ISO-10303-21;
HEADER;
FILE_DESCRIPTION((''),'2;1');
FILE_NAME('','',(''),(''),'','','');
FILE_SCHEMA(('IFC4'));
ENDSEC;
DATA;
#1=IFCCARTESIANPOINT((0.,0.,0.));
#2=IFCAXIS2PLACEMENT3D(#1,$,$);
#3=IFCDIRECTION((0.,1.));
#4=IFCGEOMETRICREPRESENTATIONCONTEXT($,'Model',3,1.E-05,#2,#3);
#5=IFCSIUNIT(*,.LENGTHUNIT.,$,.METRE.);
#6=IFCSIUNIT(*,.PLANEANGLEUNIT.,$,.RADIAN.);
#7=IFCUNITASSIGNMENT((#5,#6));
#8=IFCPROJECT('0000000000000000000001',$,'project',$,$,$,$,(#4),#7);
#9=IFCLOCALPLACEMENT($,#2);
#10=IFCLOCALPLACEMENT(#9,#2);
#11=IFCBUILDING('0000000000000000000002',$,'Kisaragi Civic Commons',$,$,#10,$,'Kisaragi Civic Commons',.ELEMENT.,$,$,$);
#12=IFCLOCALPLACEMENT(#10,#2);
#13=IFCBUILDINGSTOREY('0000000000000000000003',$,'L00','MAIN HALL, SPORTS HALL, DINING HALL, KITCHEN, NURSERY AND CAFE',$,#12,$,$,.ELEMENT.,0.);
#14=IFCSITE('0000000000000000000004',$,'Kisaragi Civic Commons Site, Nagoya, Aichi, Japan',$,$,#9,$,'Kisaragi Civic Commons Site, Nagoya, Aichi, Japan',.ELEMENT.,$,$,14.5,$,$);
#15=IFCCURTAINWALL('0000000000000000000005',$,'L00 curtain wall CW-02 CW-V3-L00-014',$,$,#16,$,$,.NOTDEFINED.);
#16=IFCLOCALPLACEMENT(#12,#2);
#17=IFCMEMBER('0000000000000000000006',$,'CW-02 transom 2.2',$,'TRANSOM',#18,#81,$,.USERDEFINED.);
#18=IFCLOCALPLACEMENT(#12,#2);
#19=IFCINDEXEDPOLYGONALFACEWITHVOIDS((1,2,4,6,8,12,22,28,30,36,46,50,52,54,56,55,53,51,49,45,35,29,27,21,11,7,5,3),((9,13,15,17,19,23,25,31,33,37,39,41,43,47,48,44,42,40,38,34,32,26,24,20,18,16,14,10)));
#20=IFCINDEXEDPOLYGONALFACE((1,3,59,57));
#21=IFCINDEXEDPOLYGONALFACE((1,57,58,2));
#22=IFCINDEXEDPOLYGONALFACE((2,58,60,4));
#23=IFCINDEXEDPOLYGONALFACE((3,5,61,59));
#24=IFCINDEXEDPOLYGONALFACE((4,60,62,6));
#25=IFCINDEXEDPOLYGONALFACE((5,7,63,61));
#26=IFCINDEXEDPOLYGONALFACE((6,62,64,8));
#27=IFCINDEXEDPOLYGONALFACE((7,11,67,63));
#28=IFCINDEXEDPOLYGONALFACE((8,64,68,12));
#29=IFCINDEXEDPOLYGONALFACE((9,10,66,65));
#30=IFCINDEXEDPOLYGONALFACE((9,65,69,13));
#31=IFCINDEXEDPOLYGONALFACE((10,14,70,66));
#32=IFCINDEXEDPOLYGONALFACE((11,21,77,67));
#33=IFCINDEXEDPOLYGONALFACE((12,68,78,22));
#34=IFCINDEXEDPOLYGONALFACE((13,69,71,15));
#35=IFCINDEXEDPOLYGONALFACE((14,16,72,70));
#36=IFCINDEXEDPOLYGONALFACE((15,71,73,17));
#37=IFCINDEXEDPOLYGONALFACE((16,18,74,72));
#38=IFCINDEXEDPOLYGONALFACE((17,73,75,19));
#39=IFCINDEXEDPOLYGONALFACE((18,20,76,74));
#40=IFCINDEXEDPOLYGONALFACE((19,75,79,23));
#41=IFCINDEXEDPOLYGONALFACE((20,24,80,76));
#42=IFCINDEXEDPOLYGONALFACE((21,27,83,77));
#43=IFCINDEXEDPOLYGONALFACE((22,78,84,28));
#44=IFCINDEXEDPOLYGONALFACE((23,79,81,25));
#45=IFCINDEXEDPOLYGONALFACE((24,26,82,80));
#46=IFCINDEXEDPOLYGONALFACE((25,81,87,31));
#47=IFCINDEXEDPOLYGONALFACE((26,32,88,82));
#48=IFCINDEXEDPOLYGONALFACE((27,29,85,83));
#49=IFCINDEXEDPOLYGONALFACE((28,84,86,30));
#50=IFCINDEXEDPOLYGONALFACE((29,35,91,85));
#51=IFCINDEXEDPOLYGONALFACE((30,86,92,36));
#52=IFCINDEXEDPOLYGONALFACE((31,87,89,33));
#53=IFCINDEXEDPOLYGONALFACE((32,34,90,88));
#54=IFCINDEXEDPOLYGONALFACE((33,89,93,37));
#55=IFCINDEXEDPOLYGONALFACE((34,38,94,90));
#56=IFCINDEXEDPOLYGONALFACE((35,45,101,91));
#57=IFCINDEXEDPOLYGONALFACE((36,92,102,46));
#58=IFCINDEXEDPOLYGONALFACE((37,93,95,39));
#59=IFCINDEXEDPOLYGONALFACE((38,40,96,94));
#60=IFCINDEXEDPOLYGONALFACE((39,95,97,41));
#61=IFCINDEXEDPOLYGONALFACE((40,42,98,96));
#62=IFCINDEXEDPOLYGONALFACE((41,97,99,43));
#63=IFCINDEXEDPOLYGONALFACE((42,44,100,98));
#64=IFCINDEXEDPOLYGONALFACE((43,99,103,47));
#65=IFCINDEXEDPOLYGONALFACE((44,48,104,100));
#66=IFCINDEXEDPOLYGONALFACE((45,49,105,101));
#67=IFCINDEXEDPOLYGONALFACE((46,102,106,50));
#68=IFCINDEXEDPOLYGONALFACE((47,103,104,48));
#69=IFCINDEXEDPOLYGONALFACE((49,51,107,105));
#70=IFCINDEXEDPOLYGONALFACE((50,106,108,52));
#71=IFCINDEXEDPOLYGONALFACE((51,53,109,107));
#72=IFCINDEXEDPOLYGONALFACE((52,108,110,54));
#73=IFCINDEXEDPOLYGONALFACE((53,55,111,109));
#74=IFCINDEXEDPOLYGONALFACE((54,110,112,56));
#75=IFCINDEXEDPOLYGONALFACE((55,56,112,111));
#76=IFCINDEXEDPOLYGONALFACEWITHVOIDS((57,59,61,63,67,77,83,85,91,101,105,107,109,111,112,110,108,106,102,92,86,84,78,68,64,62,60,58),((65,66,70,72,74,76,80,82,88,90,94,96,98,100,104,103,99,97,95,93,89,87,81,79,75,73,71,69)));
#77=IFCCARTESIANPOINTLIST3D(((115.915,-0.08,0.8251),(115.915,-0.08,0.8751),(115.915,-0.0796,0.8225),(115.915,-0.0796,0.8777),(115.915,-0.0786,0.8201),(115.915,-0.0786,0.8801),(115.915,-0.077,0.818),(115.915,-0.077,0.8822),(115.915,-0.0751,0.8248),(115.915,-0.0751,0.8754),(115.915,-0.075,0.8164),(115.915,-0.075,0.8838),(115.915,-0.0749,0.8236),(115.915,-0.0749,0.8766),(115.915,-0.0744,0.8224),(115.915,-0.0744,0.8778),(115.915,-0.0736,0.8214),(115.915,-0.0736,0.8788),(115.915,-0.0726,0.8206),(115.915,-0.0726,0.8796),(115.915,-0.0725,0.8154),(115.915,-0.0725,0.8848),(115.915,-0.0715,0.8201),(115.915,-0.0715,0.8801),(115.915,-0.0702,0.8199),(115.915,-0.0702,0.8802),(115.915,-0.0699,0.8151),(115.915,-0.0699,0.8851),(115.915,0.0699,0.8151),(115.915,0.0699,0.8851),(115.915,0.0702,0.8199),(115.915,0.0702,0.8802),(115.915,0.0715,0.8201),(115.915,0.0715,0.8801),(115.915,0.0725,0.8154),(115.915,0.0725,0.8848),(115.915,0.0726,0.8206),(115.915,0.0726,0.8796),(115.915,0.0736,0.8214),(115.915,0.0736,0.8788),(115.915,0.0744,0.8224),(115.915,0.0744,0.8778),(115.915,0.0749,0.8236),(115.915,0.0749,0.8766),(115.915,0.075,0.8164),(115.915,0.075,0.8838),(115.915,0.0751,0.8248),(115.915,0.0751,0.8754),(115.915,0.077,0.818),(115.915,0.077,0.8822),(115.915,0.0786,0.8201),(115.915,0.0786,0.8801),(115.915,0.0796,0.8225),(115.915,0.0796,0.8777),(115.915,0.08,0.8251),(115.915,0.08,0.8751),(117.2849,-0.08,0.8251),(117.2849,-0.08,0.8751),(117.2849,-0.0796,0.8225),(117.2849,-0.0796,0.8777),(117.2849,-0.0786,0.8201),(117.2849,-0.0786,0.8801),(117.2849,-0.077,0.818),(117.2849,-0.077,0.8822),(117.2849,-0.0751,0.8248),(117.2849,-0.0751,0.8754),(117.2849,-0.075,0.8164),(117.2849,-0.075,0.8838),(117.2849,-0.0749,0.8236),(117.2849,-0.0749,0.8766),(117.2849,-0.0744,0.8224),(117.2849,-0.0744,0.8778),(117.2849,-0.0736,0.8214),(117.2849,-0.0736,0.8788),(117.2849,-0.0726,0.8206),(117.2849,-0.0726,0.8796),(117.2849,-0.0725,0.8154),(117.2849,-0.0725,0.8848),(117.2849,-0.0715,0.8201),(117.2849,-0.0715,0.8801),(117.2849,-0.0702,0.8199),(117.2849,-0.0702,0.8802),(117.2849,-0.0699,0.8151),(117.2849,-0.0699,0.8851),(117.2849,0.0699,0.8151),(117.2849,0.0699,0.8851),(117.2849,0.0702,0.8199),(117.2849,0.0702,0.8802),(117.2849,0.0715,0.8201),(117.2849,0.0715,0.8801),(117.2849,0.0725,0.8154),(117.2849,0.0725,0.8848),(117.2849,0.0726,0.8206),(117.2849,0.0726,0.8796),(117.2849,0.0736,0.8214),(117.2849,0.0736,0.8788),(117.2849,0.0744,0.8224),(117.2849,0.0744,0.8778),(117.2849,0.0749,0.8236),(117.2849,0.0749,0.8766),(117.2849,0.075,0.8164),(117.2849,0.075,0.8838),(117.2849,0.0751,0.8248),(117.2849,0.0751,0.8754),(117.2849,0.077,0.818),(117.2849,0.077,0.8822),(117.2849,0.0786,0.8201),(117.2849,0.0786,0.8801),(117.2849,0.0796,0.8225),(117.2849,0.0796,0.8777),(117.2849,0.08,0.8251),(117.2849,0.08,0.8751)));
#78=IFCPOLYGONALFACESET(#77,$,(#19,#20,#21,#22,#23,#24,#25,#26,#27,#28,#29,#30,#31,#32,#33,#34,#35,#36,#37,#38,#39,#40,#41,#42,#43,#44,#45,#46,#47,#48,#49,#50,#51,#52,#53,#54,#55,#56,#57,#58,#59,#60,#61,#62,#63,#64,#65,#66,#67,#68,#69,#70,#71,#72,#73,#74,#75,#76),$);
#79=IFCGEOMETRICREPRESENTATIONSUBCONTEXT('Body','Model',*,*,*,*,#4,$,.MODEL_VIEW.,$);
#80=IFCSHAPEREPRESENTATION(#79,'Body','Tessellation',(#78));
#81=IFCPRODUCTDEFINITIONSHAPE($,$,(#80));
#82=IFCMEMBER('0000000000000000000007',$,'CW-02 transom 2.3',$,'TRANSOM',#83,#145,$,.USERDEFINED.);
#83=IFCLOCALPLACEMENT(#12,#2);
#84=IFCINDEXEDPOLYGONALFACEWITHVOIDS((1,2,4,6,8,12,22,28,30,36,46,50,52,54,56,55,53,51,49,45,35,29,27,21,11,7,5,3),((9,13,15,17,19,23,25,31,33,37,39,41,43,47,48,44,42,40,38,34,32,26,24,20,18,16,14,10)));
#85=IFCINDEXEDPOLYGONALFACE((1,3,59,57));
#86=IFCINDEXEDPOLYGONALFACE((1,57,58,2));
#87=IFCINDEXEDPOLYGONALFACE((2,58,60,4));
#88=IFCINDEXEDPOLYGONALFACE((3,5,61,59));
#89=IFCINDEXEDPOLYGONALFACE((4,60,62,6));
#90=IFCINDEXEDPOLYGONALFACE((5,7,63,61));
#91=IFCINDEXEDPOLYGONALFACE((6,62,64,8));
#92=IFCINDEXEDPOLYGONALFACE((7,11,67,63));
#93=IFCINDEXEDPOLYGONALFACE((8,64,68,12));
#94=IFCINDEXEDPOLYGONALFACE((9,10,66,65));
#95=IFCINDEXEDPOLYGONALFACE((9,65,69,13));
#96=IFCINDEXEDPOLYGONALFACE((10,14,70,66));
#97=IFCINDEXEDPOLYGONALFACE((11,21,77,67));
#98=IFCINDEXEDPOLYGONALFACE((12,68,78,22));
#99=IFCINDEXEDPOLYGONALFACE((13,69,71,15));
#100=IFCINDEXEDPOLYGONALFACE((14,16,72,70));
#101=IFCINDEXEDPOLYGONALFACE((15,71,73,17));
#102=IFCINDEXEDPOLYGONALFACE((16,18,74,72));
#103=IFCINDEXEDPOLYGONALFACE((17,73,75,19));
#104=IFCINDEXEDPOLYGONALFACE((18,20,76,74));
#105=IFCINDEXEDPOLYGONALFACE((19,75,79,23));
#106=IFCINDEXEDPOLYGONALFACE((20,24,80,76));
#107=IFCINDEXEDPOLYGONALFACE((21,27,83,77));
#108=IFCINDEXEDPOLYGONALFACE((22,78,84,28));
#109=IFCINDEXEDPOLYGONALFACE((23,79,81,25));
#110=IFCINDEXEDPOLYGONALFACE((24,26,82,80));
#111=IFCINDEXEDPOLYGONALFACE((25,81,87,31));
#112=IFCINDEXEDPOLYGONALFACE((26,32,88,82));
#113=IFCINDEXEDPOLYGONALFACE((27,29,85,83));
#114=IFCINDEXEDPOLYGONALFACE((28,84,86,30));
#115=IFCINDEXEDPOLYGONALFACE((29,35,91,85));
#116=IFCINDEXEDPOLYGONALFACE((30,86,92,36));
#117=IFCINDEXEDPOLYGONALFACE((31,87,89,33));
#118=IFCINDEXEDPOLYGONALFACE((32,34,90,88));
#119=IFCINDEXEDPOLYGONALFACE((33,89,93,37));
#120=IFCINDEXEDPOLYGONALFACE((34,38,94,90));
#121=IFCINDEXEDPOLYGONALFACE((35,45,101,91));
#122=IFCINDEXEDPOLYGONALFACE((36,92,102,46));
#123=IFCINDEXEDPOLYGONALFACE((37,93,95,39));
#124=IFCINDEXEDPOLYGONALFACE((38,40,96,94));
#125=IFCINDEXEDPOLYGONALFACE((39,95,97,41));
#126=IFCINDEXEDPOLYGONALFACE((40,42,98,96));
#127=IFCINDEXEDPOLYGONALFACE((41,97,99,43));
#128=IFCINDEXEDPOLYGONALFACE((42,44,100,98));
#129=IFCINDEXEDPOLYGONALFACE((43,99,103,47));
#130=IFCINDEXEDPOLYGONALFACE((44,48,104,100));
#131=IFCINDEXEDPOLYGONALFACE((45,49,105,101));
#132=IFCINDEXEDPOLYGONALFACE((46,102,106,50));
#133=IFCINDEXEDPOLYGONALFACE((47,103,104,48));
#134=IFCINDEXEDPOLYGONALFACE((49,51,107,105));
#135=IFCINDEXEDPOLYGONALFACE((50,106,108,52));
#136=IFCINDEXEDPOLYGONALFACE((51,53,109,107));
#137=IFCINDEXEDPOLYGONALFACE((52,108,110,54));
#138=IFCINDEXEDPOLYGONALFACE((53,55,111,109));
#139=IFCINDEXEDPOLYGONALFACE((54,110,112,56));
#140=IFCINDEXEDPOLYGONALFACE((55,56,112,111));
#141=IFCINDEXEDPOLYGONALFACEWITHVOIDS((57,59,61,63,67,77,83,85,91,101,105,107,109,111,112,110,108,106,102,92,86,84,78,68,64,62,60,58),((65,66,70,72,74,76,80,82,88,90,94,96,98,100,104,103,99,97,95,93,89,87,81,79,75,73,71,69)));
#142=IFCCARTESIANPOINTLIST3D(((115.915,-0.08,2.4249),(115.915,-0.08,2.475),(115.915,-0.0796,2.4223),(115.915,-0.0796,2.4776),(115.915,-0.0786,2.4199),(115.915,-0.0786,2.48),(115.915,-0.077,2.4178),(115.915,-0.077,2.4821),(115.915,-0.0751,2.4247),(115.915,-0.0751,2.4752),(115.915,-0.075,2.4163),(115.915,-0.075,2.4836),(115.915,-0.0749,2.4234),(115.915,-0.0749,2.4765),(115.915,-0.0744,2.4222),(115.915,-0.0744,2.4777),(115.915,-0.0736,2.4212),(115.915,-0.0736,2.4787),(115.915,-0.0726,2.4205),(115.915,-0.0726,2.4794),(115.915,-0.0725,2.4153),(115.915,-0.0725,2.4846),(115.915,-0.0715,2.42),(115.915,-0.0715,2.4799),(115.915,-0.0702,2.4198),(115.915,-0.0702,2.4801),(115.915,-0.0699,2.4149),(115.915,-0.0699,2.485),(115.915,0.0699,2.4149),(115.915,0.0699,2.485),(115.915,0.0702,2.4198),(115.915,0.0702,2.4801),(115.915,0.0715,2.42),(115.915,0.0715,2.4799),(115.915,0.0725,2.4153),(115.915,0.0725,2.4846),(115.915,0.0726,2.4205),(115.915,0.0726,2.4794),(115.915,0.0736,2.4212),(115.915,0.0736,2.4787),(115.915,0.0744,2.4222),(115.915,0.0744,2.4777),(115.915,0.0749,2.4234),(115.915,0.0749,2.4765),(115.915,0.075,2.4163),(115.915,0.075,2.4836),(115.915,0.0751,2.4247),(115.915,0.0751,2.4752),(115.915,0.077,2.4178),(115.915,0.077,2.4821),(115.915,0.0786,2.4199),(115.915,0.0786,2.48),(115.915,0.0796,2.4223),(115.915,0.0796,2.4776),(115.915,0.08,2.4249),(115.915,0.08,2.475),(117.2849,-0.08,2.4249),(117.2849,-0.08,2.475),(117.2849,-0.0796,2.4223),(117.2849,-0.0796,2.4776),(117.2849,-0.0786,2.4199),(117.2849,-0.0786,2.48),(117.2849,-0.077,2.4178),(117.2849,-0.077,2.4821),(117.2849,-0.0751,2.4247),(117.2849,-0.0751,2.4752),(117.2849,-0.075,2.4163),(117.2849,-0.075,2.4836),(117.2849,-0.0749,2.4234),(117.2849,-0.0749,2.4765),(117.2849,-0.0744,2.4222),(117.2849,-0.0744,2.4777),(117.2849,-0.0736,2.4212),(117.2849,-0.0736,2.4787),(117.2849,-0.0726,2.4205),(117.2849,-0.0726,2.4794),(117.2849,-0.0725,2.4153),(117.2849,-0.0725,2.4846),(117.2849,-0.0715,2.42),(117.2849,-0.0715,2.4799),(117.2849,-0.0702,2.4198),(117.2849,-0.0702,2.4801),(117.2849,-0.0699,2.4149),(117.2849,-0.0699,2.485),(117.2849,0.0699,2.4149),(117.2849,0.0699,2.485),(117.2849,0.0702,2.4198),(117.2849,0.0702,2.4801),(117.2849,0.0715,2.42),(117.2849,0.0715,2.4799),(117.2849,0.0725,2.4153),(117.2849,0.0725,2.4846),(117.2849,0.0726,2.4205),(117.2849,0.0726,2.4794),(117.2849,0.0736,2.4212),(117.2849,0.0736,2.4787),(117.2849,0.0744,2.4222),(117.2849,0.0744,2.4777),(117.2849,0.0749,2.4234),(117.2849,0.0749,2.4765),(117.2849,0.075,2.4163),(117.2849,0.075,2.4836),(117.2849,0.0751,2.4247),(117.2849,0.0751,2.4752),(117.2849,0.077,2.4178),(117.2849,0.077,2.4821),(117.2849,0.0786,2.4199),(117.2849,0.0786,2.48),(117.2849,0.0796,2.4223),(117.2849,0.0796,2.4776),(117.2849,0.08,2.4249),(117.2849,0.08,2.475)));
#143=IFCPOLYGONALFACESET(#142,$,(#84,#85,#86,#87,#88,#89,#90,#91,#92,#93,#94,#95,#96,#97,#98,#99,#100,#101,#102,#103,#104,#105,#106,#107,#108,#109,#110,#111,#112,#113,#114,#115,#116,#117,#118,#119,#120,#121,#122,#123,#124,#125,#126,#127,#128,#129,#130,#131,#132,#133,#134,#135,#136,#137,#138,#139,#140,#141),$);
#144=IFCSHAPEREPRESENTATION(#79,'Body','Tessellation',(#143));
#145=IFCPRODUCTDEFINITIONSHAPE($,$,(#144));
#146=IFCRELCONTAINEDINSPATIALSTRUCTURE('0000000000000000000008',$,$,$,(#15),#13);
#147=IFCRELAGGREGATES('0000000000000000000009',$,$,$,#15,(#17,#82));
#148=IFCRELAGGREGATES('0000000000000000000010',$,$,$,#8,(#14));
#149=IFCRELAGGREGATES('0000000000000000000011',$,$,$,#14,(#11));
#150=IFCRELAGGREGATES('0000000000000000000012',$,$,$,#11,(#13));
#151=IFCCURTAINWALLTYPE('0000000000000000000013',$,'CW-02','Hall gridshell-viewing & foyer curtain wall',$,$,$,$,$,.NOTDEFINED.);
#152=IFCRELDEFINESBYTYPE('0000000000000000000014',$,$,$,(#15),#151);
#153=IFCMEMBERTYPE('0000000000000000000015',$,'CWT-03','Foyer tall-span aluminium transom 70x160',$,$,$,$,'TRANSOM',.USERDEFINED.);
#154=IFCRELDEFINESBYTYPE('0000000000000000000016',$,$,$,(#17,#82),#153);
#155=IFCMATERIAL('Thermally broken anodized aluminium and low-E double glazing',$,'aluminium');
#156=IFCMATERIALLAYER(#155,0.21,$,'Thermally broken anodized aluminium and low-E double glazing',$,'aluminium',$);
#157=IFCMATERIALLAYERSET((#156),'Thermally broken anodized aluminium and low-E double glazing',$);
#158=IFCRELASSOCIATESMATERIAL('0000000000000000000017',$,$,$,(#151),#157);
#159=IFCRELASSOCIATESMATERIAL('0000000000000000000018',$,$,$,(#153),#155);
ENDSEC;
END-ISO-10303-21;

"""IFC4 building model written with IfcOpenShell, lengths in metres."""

from ifc_helpers import new_model, si_unit, direction, frame, origin, origin_2d, place, context, subcontext, project, spatial, hollow_rectangle, extrude, material, layer, layer_set, material_profile, profile_set, type_object, element, aggregate, save


model = new_model("IFC4")

# Units and contexts
model_context = context("Model", 3, precision=1e-05, world=origin(), true_north=direction((0.0, 1.0)))
body_context = subcontext(model_context, "Body", "Model", "MODEL_VIEW")
ifc_project = project(units=[si_unit("LENGTHUNIT", "METRE"), si_unit("PLANEANGLEUNIT", "RADIAN")], contexts=[model_context])

# Site, building, storey
site_placement = place(None, origin())
site = spatial("IfcSite", under=ifc_project, at=site_placement, Name="Kisaragi Civic Commons Site, Nagoya, Aichi, Japan", LongName="Kisaragi Civic Commons Site, Nagoya, Aichi, Japan", CompositionType="ELEMENT", RefElevation=14.5)
building_placement = place(site_placement, origin())
building = spatial("IfcBuilding", under=site, at=building_placement, Name="Kisaragi Civic Commons", LongName="Kisaragi Civic Commons", CompositionType="ELEMENT")
storey_placement = place(building_placement, origin())
storey = spatial("IfcBuildingStorey", under=building, at=storey_placement, Name="L00", Description="MAIN HALL, SPORTS HALL, DINING HALL, KITCHEN, NURSERY AND CAFE", CompositionType="ELEMENT", Elevation=0.0)

# Shared definitions
ifc_material_1 = material(Name="Thermally broken anodized aluminium and low-E double glazing", Category="aluminium")
ifc_layer_1 = layer(ifc_material_1, 0.21, Name="Thermally broken anodized aluminium and low-E double glazing", Category="aluminium")
ifc_layer_set_1 = layer_set([ifc_layer_1], Name="Thermally broken anodized aluminium and low-E double glazing")
curtain_wall_type = type_object("IfcCurtainWallType", Name="CW-02", Description="Hall gridshell-viewing & foyer curtain wall", PredefinedType="NOTDEFINED", material=ifc_layer_set_1)

# Curtain wall, members
curtain_wall_1_placement = place(storey_placement, origin())
curtain_wall_1 = element("IfcCurtainWall", 1, at=curtain_wall_1_placement, inside=storey, type_object=curtain_wall_type, Name="L00 curtain wall CW-02 CW-V3-L00-014", PredefinedType="NOTDEFINED")
ifc_material_profile_1 = material_profile(ifc_material_1, hollow_rectangle(XDim=0.1599, YDim=0.0701, WallThickness=0.0049, InnerFilletRadius=0.0049, OuterFilletRadius=0.01, at=origin_2d()), Name="CWT-70x160x5", Category="aluminium")
ifc_profile_set_1 = profile_set([ifc_material_profile_1], Name="Thermally broken anodized aluminium and low-E double glazing")
member_type_1 = type_object("IfcMemberType", Name="CWT-03", Description="Foyer tall-span aluminium transom 70x160", ElementType="TRANSOM", PredefinedType="USERDEFINED", material=ifc_profile_set_1)
member_1_placement = place(storey_placement, frame((117.2849, 0.0, 0.8501), z_axis=(-1.0, 0.0, 0.0), x_axis=(0.0, -1.0, 0.0)))
member_1 = element("IfcMember", 2, at=member_1_placement, type_object=member_type_1, Name="CW-02 transom 2.2", ObjectType="TRANSOM", PredefinedType="USERDEFINED", context=body_context, shape_type="SweptSolid", body=[
    extrude(hollow_rectangle(XDim=0.1599, YDim=0.0701, WallThickness=0.0049, InnerFilletRadius=0.0049, OuterFilletRadius=0.01, at=origin_2d()), origin(), (0.0, 0.0, 1.0), 1.3699),
])
member_2_placement = place(storey_placement, frame((117.2849, 0.0, 2.45), z_axis=(-1.0, 0.0, 0.0), x_axis=(0.0, -1.0, 0.0)))
member_2 = element("IfcMember", 3, at=member_2_placement, type_object=member_type_1, Name="CW-02 transom 2.3", ObjectType="TRANSOM", PredefinedType="USERDEFINED", context=body_context, shape_type="SweptSolid", body=[
    extrude(hollow_rectangle(XDim=0.1599, YDim=0.0701, WallThickness=0.0049, InnerFilletRadius=0.0049, OuterFilletRadius=0.01, at=origin_2d()), origin(), (0.0, 0.0, 1.0), 1.3699),
])

aggregate(curtain_wall_1, [member_1, member_2])

save(model, "model.ifc")
